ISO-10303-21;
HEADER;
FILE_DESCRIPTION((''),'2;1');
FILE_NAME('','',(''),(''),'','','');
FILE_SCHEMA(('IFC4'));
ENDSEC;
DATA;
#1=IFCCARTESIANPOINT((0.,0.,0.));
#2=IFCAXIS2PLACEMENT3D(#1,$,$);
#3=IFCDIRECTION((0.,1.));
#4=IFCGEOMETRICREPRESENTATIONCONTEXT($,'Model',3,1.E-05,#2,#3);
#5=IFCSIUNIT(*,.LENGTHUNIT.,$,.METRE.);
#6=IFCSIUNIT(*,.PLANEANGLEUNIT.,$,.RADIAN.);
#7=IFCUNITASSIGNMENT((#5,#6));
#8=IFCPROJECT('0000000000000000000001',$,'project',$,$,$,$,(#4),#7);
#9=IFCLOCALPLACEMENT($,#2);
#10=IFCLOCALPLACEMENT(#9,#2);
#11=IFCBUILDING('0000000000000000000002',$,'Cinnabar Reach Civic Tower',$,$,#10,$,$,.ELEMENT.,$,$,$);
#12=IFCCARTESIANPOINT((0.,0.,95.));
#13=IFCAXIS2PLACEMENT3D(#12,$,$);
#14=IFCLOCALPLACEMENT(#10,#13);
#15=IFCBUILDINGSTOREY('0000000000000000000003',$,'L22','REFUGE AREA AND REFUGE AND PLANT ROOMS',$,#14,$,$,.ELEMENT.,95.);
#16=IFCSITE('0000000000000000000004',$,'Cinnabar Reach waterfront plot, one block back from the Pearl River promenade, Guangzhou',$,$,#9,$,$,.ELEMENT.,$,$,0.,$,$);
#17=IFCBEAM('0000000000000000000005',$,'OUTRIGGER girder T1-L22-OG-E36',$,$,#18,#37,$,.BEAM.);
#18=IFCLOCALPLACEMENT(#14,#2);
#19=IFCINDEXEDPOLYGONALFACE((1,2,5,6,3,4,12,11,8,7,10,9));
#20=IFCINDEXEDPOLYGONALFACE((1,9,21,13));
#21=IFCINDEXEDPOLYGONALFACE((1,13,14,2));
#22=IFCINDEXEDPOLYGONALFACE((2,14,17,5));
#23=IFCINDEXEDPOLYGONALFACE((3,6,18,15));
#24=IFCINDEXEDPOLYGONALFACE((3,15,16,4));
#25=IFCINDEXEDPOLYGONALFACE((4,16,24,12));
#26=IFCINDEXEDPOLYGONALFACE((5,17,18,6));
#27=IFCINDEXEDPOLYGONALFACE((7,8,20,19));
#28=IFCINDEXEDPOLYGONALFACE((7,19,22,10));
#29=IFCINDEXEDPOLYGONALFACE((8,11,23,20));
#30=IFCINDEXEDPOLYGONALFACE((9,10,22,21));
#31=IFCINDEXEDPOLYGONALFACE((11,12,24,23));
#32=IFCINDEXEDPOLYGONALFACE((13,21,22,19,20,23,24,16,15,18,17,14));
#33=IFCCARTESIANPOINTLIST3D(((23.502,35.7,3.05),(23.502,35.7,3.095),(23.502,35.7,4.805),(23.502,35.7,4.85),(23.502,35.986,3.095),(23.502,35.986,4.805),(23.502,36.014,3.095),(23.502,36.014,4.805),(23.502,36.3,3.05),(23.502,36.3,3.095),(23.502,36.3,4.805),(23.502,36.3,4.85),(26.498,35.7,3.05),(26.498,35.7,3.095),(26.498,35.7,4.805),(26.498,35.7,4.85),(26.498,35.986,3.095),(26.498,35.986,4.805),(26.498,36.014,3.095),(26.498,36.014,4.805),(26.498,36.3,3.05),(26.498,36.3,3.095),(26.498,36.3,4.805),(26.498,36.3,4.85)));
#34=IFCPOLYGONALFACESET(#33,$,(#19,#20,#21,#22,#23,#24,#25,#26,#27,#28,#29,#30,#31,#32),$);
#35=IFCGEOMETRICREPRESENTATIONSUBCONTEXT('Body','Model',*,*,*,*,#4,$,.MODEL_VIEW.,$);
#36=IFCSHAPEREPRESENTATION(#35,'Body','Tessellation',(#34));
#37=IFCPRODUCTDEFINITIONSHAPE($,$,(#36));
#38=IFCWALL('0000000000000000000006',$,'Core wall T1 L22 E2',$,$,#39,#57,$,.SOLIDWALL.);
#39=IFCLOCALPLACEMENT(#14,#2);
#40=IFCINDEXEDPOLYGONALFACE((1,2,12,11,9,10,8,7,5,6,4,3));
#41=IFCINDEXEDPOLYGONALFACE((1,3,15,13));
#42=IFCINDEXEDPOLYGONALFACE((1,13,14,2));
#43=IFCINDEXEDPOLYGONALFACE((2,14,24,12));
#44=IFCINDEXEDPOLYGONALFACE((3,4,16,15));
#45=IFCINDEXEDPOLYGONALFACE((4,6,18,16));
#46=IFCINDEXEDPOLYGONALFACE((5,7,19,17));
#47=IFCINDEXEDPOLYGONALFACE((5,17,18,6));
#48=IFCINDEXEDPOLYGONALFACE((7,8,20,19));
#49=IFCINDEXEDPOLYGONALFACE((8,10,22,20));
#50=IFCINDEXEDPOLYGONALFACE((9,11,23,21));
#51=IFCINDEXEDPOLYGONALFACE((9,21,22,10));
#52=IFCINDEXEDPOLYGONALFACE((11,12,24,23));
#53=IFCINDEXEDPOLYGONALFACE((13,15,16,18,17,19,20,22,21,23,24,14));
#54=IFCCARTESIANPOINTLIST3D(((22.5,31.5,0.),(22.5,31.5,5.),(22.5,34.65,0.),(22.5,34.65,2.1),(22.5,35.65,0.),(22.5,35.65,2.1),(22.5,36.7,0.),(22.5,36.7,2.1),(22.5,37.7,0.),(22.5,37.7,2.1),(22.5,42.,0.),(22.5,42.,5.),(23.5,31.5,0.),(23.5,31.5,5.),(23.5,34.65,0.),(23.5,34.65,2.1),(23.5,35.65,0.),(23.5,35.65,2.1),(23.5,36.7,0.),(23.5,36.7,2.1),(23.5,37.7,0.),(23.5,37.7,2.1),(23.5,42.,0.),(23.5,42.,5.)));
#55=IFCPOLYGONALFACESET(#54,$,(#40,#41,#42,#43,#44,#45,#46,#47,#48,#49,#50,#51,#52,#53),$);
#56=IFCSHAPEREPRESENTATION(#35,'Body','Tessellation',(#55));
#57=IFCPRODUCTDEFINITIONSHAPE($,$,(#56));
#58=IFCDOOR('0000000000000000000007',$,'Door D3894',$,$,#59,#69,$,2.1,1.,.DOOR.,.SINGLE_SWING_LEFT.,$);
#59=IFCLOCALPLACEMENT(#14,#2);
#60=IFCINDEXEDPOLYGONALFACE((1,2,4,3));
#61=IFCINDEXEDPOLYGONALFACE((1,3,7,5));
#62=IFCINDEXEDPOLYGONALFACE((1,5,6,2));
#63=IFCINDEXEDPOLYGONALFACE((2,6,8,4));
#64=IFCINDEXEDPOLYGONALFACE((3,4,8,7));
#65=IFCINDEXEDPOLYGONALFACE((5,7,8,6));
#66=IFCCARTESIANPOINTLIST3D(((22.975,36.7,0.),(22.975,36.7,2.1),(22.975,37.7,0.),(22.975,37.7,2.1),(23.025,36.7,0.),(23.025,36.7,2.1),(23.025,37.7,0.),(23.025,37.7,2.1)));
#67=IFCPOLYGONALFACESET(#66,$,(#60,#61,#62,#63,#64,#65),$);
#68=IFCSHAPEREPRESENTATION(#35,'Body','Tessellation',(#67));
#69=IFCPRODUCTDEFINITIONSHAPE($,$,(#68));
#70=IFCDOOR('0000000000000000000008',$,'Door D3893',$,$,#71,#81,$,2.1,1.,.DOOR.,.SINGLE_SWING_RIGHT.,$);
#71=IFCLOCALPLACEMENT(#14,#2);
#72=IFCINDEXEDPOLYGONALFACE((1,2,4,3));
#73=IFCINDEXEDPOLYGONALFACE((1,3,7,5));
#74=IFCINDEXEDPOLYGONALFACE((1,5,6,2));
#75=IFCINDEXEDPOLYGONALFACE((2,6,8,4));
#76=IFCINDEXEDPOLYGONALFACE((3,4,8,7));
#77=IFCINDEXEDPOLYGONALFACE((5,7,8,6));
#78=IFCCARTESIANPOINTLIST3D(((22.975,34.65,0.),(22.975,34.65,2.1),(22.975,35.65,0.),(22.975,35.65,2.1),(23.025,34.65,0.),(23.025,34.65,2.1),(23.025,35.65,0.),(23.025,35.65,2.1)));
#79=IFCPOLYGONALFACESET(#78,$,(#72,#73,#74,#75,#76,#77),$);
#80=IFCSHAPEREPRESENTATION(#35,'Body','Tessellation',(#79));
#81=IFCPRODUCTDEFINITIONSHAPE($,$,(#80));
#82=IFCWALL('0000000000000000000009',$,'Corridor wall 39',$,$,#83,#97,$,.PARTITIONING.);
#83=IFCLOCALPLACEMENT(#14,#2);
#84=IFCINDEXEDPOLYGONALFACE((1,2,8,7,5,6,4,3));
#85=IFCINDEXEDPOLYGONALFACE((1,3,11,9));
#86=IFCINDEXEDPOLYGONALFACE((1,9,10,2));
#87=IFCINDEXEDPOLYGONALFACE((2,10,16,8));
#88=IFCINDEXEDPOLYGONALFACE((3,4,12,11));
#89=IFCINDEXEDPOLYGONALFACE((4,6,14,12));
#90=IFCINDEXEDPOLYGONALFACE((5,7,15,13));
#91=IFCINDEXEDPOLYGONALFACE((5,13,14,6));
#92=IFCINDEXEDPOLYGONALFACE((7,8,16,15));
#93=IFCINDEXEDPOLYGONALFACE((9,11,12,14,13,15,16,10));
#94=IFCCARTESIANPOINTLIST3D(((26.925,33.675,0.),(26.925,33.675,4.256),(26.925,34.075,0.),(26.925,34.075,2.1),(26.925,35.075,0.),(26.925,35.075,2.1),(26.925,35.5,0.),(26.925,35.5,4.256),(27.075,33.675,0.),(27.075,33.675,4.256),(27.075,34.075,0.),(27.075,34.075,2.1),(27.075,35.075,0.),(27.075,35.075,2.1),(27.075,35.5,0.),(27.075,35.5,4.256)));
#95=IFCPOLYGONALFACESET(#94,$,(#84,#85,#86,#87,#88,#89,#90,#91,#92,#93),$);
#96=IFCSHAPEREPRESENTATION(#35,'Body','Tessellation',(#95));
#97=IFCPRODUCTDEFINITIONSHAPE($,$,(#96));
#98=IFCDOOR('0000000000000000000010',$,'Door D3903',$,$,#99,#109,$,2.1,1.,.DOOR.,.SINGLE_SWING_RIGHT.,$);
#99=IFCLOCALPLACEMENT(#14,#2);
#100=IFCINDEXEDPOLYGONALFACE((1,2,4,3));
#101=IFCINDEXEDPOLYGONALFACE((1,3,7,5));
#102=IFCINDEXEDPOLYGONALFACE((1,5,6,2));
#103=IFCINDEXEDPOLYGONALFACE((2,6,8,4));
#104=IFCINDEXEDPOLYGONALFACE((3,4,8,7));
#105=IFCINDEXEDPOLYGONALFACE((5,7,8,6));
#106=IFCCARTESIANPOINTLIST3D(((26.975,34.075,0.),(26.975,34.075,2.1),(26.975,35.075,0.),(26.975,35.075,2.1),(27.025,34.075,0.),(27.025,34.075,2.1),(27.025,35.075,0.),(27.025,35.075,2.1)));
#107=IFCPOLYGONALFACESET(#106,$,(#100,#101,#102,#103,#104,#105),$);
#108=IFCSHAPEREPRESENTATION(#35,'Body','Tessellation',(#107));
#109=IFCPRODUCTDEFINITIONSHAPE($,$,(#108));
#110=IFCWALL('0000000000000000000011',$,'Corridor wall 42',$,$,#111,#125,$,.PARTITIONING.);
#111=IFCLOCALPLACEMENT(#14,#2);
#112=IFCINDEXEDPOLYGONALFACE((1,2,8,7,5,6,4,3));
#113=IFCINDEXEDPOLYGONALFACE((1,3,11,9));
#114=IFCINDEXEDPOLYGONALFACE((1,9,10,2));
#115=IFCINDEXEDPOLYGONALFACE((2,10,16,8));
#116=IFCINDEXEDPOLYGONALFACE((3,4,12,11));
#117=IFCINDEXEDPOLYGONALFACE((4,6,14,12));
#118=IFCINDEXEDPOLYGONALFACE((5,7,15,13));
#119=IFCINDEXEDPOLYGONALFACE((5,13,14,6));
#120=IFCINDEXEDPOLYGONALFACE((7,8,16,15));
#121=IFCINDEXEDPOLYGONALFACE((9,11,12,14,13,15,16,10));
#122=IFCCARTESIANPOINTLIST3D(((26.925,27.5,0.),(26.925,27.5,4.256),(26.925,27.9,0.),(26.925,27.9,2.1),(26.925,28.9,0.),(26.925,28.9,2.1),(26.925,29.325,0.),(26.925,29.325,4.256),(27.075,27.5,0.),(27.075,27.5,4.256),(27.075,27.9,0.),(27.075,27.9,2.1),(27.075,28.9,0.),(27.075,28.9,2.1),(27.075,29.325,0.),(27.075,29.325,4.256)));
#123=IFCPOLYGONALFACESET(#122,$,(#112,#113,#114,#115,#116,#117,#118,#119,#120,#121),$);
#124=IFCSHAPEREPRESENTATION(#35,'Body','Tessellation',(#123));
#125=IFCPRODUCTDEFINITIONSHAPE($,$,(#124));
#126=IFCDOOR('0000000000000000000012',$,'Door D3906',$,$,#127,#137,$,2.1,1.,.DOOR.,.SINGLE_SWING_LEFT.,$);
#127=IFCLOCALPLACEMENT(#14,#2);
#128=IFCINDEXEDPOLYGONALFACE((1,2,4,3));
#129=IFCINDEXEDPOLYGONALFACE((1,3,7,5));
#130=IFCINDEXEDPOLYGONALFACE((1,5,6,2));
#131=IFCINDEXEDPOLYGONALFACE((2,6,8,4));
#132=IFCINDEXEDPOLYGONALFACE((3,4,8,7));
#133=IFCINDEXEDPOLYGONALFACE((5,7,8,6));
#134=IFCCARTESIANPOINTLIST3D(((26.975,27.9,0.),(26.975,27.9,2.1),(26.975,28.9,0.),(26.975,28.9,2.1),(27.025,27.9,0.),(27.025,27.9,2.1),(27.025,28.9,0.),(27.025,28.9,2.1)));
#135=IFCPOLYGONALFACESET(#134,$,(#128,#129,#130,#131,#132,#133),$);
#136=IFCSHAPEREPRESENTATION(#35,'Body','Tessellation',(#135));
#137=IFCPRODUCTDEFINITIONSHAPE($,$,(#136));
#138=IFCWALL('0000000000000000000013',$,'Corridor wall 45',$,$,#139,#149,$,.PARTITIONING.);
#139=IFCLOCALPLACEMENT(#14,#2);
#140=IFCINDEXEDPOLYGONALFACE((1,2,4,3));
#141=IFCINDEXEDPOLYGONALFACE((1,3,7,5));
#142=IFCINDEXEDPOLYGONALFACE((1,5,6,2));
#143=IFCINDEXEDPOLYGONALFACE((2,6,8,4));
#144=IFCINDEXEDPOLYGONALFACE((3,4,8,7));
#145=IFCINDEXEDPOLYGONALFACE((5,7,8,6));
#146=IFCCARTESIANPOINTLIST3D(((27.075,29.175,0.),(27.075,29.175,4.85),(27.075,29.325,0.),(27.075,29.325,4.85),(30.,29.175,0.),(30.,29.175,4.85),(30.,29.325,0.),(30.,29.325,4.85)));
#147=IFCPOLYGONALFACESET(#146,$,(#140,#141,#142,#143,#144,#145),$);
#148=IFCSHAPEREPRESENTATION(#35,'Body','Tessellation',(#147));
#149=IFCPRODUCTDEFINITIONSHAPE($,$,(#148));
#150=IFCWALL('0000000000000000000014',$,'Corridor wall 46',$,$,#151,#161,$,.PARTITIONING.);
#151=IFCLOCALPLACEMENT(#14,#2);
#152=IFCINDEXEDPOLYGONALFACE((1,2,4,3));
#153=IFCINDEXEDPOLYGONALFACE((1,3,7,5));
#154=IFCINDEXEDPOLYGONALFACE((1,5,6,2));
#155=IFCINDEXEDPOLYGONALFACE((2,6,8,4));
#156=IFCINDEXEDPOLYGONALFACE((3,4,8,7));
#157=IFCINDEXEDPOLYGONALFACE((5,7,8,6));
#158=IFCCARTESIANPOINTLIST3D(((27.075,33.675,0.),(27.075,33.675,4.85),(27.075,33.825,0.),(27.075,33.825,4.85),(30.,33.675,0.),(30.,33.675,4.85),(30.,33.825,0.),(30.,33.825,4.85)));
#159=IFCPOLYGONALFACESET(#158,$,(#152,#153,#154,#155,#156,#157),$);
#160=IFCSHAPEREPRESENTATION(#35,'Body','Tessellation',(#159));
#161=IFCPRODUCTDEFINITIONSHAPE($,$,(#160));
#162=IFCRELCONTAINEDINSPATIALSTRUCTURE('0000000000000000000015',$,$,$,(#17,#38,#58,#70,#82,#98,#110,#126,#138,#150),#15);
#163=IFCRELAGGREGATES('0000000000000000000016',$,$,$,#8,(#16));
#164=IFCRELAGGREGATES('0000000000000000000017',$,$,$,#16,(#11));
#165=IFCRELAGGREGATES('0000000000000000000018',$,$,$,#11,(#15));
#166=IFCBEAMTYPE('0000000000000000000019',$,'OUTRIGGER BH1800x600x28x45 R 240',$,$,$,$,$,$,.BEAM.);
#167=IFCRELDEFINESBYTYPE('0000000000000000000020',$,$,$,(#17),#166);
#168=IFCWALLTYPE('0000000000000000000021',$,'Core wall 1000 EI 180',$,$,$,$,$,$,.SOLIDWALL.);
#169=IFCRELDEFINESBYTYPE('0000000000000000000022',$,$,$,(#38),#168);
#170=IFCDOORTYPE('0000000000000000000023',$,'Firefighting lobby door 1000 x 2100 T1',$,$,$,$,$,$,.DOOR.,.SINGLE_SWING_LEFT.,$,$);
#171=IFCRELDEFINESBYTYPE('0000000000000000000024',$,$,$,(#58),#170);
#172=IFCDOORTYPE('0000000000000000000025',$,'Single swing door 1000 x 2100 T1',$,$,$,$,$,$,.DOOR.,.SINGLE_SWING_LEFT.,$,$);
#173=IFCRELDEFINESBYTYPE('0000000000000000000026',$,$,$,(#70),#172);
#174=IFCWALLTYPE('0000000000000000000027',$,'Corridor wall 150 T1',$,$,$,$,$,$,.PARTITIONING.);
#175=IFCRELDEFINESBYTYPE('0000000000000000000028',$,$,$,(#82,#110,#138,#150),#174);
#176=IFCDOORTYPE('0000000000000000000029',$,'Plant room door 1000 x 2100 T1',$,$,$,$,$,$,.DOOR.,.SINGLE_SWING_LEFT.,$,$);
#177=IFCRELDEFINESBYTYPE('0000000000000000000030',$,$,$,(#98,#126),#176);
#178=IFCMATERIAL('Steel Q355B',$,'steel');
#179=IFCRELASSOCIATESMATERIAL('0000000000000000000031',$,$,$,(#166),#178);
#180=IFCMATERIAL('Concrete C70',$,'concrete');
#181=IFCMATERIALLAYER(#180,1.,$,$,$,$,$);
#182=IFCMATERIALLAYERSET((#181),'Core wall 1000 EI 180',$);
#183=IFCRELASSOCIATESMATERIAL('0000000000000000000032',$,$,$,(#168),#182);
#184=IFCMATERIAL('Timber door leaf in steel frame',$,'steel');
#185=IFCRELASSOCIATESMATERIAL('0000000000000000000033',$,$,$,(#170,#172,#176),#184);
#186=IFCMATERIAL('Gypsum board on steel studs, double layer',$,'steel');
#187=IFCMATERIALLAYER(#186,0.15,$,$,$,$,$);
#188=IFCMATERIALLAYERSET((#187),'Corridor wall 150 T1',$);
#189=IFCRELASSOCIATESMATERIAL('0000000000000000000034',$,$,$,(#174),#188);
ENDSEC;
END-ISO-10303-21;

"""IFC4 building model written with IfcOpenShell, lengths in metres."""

from ifc_helpers import new_model, si_unit, direction, frame, frame_2d, origin, origin_2d, place, context, subcontext, project, spatial, rectangle, i_section, extrude, material, layer, layer_set, material_profile, profile_set, type_object, element, fill, save


model = new_model("IFC4")

# Units and contexts
model_context = context("Model", 3, precision=1e-05, world=origin(), true_north=direction((0.0, 1.0)))
body_context = subcontext(model_context, "Body", "Model", "MODEL_VIEW")
ifc_project = project(units=[si_unit("LENGTHUNIT", "METRE"), si_unit("PLANEANGLEUNIT", "RADIAN")], contexts=[model_context])

# Site, building, storey
site_placement = place(None, origin())
site = spatial("IfcSite", under=ifc_project, at=site_placement, Name="Cinnabar Reach waterfront plot, one block back from the Pearl River promenade, Guangzhou", CompositionType="ELEMENT", RefElevation=0.0)
building_placement = place(site_placement, origin())
building = spatial("IfcBuilding", under=site, at=building_placement, Name="Cinnabar Reach Civic Tower", CompositionType="ELEMENT")
storey_placement = place(building_placement, frame((0.0, 0.0, 95.0)))
storey = spatial("IfcBuildingStorey", under=building, at=storey_placement, Name="L22", Description="REFUGE AREA AND REFUGE AND PLANT ROOMS", CompositionType="ELEMENT", Elevation=95.0)

# Shared definitions
ifc_material_1 = material(Name="Concrete C70", Category="concrete")

# Beam
ifc_material_2 = material(Name="Steel Q355B", Category="steel")
ifc_material_profile_1 = material_profile(ifc_material_2, i_section(OverallWidth=0.6, OverallDepth=1.8, WebThickness=0.028, FlangeThickness=0.045, at=origin_2d()), Name="BH1800x600x28x45")
ifc_profile_set_1 = profile_set([ifc_material_profile_1], Name="Steel Q355B")
beam_type_1 = type_object("IfcBeamType", Name="OUTRIGGER BH1800x600x28x45 R 240", PredefinedType="BEAM", material=ifc_profile_set_1)
beam_1_placement = place(storey_placement, frame((23.502, 36.0, 3.95), z_axis=(1.0, 0.0, 0.0), x_axis=(0.0, 1.0, 0.0)))
element("IfcBeam", 1, at=beam_1_placement, inside=storey, type_object=beam_type_1, Name="OUTRIGGER girder T1-L22-OG-E36", PredefinedType="BEAM", context=body_context, shape_type="SweptSolid", body=[
    extrude(i_section(OverallWidth=0.6, OverallDepth=1.8, WebThickness=0.028, FlangeThickness=0.045, at=origin_2d()), origin(), (0.0, 0.0, 1.0), 2.996),
])

# Wall, openings, doors
ifc_layer_1 = layer(ifc_material_1, 1.0)
ifc_layer_set_1 = layer_set([ifc_layer_1], Name="Core wall 1000 EI 180")
wall_type_1 = type_object("IfcWallType", Name="Core wall 1000 EI 180", PredefinedType="SOLIDWALL", material=ifc_layer_set_1)
wall_1_placement = place(storey_placement, frame((23.0, 31.5, 0.0), z_axis=(0.0, 0.0, 1.0), x_axis=(0.0, 1.0, 0.0)))
wall_1 = element("IfcWall", 2, at=wall_1_placement, inside=storey, type_object=wall_type_1, Name="Core wall T1 L22 E2", PredefinedType="SOLIDWALL", context=body_context, shape_type="SweptSolid", body=[
    extrude(rectangle(XDim=10.5, YDim=1.0, at=frame_2d((5.25, 0.0))), origin(), (0.0, 0.0, 1.0), 5.0),
])
opening_1_placement = place(wall_1_placement, frame((3.15, 0.0, 0.0)))
opening_1 = element("IfcOpeningElement", 3, at=opening_1_placement, cuts=wall_1, PredefinedType="OPENING", context=body_context, shape_type="SweptSolid", body=[
    extrude(rectangle(XDim=1.0, YDim=2.1, at=frame_2d((0.5, 1.05))), frame((0.0, 0.51, 0.0), z_axis=(0.0, -1.0, 0.0), x_axis=(1.0, 0.0, 0.0)), (0.0, 0.0, 1.0), 1.02),
])
opening_2_placement = place(wall_1_placement, frame((5.2, 0.0, 0.0)))
opening_2 = element("IfcOpeningElement", 4, at=opening_2_placement, cuts=wall_1, PredefinedType="OPENING", context=body_context, shape_type="SweptSolid", body=[
    extrude(rectangle(XDim=1.0, YDim=2.1, at=frame_2d((0.5, 1.05))), frame((0.0, 0.51, 0.0), z_axis=(0.0, -1.0, 0.0), x_axis=(1.0, 0.0, 0.0)), (0.0, 0.0, 1.0), 1.02),
])
ifc_material_3 = material(Name="Timber door leaf in steel frame", Category="steel")
door_type_1 = type_object("IfcDoorType", Name="Firefighting lobby door 1000 x 2100 T1", OperationType="SINGLE_SWING_LEFT", PredefinedType="DOOR", material=ifc_material_3)
door_1_placement = place(opening_2_placement, origin())
door_1 = element("IfcDoor", 5, at=door_1_placement, inside=storey, type_object=door_type_1, Name="Door D3894", OperationType="SINGLE_SWING_LEFT", OverallHeight=2.1, OverallWidth=1.0, PredefinedType="DOOR", context=body_context, shape_type="SweptSolid", body=[
    extrude(rectangle(XDim=1.0, YDim=2.1, at=frame_2d((0.5, 1.05))), frame((0.0, 0.025, 0.0), z_axis=(0.0, -1.0, 0.0), x_axis=(1.0, 0.0, 0.0)), (0.0, 0.0, 1.0), 0.05),
])
fill(opening_2, door_1)
door_type_2 = type_object("IfcDoorType", Name="Single swing door 1000 x 2100 T1", OperationType="SINGLE_SWING_LEFT", PredefinedType="DOOR", material=ifc_material_3)
door_2_placement = place(opening_1_placement, origin())
door_2 = element("IfcDoor", 6, at=door_2_placement, inside=storey, type_object=door_type_2, Name="Door D3893", OperationType="SINGLE_SWING_RIGHT", OverallHeight=2.1, OverallWidth=1.0, PredefinedType="DOOR", context=body_context, shape_type="SweptSolid", body=[
    extrude(rectangle(XDim=1.0, YDim=2.1, at=frame_2d((0.5, 1.05))), frame((0.0, 0.025, 0.0), z_axis=(0.0, -1.0, 0.0), x_axis=(1.0, 0.0, 0.0)), (0.0, 0.0, 1.0), 0.05),
])
fill(opening_1, door_2)

# Walls, openings, doors
ifc_material_4 = material(Name="Gypsum board on steel studs, double layer", Category="steel")
ifc_layer_2 = layer(ifc_material_4, 0.15)
ifc_layer_set_2 = layer_set([ifc_layer_2], Name="Corridor wall 150 T1")
wall_type_2 = type_object("IfcWallType", Name="Corridor wall 150 T1", PredefinedType="PARTITIONING", material=ifc_layer_set_2)
wall_2_placement = place(storey_placement, frame((27.0, 33.675, 0.0), z_axis=(0.0, 0.0, 1.0), x_axis=(0.0, 1.0, 0.0)))
wall_2 = element("IfcWall", 7, at=wall_2_placement, inside=storey, type_object=wall_type_2, Name="Corridor wall 39", PredefinedType="PARTITIONING", context=body_context, shape_type="SweptSolid", body=[
    extrude(rectangle(XDim=1.825, YDim=0.15, at=frame_2d((0.9125, 0.0))), origin(), (0.0, 0.0, 1.0), 4.256),
])
opening_3_placement = place(wall_2_placement, frame((0.4, 0.0, 0.0)))
opening_3 = element("IfcOpeningElement", 8, at=opening_3_placement, cuts=wall_2, PredefinedType="OPENING", context=body_context, shape_type="SweptSolid", body=[
    extrude(rectangle(XDim=1.0, YDim=2.1, at=frame_2d((0.5, 1.05))), frame((0.0, 0.085, 0.0), z_axis=(0.0, -1.0, 0.0), x_axis=(1.0, 0.0, 0.0)), (0.0, 0.0, 1.0), 0.17),
])
door_type_3 = type_object("IfcDoorType", Name="Plant room door 1000 x 2100 T1", OperationType="SINGLE_SWING_LEFT", PredefinedType="DOOR", material=ifc_material_3)
door_3_placement = place(opening_3_placement, frame((1.0, 0.0, 0.0), z_axis=(0.0, 0.0, 1.0), x_axis=(-1.0, 0.0, 0.0)))
door_3 = element("IfcDoor", 9, at=door_3_placement, inside=storey, type_object=door_type_3, Name="Door D3903", OperationType="SINGLE_SWING_RIGHT", OverallHeight=2.1, OverallWidth=1.0, PredefinedType="DOOR", context=body_context, shape_type="SweptSolid", body=[
    extrude(rectangle(XDim=1.0, YDim=2.1, at=frame_2d((0.5, 1.05))), frame((0.0, 0.025, 0.0), z_axis=(0.0, -1.0, 0.0), x_axis=(1.0, 0.0, 0.0)), (0.0, 0.0, 1.0), 0.05),
])
fill(opening_3, door_3)
wall_3_placement = place(storey_placement, frame((27.0, 27.5, 0.0), z_axis=(0.0, 0.0, 1.0), x_axis=(0.0, 1.0, 0.0)))
wall_3 = element("IfcWall", 10, at=wall_3_placement, inside=storey, type_object=wall_type_2, Name="Corridor wall 42", PredefinedType="PARTITIONING", context=body_context, shape_type="SweptSolid", body=[
    extrude(rectangle(XDim=1.825, YDim=0.15, at=frame_2d((0.9125, 0.0))), origin(), (0.0, 0.0, 1.0), 4.256),
])
opening_4_placement = place(wall_3_placement, frame((0.4, 0.0, 0.0)))
opening_4 = element("IfcOpeningElement", 11, at=opening_4_placement, cuts=wall_3, PredefinedType="OPENING", context=body_context, shape_type="SweptSolid", body=[
    extrude(rectangle(XDim=1.0, YDim=2.1, at=frame_2d((0.5, 1.05))), frame((0.0, 0.085, 0.0), z_axis=(0.0, -1.0, 0.0), x_axis=(1.0, 0.0, 0.0)), (0.0, 0.0, 1.0), 0.17),
])
door_4_placement = place(opening_4_placement, frame((1.0, 0.0, 0.0), z_axis=(0.0, 0.0, 1.0), x_axis=(-1.0, 0.0, 0.0)))
door_4 = element("IfcDoor", 12, at=door_4_placement, inside=storey, type_object=door_type_3, Name="Door D3906", OperationType="SINGLE_SWING_LEFT", OverallHeight=2.1, OverallWidth=1.0, PredefinedType="DOOR", context=body_context, shape_type="SweptSolid", body=[
    extrude(rectangle(XDim=1.0, YDim=2.1, at=frame_2d((0.5, 1.05))), frame((0.0, 0.025, 0.0), z_axis=(0.0, -1.0, 0.0), x_axis=(1.0, 0.0, 0.0)), (0.0, 0.0, 1.0), 0.05),
])
fill(opening_4, door_4)

# Walls
for number, where, z_axis, x_axis, name in (
    (13, (27.075, 29.25, 0.0), (0.0, 0.0, 1.0), (1.0, 0.0, 0.0), "Corridor wall 45"),
    (14, (27.075, 33.75, 0.0), (0.0, 0.0, 1.0), (1.0, 0.0, 0.0), "Corridor wall 46"),
):
    element("IfcWall", number, at=place(storey_placement, frame(where, z_axis=z_axis, x_axis=x_axis)), inside=storey, type_object=wall_type_2, Name=name, PredefinedType="PARTITIONING", context=body_context, shape_type="SweptSolid", body=[
        extrude(rectangle(XDim=2.925, YDim=0.15, at=frame_2d((1.4625, 0.0))), origin(), (0.0, 0.0, 1.0), 4.85),
    ])

save(model, "model.ifc")
